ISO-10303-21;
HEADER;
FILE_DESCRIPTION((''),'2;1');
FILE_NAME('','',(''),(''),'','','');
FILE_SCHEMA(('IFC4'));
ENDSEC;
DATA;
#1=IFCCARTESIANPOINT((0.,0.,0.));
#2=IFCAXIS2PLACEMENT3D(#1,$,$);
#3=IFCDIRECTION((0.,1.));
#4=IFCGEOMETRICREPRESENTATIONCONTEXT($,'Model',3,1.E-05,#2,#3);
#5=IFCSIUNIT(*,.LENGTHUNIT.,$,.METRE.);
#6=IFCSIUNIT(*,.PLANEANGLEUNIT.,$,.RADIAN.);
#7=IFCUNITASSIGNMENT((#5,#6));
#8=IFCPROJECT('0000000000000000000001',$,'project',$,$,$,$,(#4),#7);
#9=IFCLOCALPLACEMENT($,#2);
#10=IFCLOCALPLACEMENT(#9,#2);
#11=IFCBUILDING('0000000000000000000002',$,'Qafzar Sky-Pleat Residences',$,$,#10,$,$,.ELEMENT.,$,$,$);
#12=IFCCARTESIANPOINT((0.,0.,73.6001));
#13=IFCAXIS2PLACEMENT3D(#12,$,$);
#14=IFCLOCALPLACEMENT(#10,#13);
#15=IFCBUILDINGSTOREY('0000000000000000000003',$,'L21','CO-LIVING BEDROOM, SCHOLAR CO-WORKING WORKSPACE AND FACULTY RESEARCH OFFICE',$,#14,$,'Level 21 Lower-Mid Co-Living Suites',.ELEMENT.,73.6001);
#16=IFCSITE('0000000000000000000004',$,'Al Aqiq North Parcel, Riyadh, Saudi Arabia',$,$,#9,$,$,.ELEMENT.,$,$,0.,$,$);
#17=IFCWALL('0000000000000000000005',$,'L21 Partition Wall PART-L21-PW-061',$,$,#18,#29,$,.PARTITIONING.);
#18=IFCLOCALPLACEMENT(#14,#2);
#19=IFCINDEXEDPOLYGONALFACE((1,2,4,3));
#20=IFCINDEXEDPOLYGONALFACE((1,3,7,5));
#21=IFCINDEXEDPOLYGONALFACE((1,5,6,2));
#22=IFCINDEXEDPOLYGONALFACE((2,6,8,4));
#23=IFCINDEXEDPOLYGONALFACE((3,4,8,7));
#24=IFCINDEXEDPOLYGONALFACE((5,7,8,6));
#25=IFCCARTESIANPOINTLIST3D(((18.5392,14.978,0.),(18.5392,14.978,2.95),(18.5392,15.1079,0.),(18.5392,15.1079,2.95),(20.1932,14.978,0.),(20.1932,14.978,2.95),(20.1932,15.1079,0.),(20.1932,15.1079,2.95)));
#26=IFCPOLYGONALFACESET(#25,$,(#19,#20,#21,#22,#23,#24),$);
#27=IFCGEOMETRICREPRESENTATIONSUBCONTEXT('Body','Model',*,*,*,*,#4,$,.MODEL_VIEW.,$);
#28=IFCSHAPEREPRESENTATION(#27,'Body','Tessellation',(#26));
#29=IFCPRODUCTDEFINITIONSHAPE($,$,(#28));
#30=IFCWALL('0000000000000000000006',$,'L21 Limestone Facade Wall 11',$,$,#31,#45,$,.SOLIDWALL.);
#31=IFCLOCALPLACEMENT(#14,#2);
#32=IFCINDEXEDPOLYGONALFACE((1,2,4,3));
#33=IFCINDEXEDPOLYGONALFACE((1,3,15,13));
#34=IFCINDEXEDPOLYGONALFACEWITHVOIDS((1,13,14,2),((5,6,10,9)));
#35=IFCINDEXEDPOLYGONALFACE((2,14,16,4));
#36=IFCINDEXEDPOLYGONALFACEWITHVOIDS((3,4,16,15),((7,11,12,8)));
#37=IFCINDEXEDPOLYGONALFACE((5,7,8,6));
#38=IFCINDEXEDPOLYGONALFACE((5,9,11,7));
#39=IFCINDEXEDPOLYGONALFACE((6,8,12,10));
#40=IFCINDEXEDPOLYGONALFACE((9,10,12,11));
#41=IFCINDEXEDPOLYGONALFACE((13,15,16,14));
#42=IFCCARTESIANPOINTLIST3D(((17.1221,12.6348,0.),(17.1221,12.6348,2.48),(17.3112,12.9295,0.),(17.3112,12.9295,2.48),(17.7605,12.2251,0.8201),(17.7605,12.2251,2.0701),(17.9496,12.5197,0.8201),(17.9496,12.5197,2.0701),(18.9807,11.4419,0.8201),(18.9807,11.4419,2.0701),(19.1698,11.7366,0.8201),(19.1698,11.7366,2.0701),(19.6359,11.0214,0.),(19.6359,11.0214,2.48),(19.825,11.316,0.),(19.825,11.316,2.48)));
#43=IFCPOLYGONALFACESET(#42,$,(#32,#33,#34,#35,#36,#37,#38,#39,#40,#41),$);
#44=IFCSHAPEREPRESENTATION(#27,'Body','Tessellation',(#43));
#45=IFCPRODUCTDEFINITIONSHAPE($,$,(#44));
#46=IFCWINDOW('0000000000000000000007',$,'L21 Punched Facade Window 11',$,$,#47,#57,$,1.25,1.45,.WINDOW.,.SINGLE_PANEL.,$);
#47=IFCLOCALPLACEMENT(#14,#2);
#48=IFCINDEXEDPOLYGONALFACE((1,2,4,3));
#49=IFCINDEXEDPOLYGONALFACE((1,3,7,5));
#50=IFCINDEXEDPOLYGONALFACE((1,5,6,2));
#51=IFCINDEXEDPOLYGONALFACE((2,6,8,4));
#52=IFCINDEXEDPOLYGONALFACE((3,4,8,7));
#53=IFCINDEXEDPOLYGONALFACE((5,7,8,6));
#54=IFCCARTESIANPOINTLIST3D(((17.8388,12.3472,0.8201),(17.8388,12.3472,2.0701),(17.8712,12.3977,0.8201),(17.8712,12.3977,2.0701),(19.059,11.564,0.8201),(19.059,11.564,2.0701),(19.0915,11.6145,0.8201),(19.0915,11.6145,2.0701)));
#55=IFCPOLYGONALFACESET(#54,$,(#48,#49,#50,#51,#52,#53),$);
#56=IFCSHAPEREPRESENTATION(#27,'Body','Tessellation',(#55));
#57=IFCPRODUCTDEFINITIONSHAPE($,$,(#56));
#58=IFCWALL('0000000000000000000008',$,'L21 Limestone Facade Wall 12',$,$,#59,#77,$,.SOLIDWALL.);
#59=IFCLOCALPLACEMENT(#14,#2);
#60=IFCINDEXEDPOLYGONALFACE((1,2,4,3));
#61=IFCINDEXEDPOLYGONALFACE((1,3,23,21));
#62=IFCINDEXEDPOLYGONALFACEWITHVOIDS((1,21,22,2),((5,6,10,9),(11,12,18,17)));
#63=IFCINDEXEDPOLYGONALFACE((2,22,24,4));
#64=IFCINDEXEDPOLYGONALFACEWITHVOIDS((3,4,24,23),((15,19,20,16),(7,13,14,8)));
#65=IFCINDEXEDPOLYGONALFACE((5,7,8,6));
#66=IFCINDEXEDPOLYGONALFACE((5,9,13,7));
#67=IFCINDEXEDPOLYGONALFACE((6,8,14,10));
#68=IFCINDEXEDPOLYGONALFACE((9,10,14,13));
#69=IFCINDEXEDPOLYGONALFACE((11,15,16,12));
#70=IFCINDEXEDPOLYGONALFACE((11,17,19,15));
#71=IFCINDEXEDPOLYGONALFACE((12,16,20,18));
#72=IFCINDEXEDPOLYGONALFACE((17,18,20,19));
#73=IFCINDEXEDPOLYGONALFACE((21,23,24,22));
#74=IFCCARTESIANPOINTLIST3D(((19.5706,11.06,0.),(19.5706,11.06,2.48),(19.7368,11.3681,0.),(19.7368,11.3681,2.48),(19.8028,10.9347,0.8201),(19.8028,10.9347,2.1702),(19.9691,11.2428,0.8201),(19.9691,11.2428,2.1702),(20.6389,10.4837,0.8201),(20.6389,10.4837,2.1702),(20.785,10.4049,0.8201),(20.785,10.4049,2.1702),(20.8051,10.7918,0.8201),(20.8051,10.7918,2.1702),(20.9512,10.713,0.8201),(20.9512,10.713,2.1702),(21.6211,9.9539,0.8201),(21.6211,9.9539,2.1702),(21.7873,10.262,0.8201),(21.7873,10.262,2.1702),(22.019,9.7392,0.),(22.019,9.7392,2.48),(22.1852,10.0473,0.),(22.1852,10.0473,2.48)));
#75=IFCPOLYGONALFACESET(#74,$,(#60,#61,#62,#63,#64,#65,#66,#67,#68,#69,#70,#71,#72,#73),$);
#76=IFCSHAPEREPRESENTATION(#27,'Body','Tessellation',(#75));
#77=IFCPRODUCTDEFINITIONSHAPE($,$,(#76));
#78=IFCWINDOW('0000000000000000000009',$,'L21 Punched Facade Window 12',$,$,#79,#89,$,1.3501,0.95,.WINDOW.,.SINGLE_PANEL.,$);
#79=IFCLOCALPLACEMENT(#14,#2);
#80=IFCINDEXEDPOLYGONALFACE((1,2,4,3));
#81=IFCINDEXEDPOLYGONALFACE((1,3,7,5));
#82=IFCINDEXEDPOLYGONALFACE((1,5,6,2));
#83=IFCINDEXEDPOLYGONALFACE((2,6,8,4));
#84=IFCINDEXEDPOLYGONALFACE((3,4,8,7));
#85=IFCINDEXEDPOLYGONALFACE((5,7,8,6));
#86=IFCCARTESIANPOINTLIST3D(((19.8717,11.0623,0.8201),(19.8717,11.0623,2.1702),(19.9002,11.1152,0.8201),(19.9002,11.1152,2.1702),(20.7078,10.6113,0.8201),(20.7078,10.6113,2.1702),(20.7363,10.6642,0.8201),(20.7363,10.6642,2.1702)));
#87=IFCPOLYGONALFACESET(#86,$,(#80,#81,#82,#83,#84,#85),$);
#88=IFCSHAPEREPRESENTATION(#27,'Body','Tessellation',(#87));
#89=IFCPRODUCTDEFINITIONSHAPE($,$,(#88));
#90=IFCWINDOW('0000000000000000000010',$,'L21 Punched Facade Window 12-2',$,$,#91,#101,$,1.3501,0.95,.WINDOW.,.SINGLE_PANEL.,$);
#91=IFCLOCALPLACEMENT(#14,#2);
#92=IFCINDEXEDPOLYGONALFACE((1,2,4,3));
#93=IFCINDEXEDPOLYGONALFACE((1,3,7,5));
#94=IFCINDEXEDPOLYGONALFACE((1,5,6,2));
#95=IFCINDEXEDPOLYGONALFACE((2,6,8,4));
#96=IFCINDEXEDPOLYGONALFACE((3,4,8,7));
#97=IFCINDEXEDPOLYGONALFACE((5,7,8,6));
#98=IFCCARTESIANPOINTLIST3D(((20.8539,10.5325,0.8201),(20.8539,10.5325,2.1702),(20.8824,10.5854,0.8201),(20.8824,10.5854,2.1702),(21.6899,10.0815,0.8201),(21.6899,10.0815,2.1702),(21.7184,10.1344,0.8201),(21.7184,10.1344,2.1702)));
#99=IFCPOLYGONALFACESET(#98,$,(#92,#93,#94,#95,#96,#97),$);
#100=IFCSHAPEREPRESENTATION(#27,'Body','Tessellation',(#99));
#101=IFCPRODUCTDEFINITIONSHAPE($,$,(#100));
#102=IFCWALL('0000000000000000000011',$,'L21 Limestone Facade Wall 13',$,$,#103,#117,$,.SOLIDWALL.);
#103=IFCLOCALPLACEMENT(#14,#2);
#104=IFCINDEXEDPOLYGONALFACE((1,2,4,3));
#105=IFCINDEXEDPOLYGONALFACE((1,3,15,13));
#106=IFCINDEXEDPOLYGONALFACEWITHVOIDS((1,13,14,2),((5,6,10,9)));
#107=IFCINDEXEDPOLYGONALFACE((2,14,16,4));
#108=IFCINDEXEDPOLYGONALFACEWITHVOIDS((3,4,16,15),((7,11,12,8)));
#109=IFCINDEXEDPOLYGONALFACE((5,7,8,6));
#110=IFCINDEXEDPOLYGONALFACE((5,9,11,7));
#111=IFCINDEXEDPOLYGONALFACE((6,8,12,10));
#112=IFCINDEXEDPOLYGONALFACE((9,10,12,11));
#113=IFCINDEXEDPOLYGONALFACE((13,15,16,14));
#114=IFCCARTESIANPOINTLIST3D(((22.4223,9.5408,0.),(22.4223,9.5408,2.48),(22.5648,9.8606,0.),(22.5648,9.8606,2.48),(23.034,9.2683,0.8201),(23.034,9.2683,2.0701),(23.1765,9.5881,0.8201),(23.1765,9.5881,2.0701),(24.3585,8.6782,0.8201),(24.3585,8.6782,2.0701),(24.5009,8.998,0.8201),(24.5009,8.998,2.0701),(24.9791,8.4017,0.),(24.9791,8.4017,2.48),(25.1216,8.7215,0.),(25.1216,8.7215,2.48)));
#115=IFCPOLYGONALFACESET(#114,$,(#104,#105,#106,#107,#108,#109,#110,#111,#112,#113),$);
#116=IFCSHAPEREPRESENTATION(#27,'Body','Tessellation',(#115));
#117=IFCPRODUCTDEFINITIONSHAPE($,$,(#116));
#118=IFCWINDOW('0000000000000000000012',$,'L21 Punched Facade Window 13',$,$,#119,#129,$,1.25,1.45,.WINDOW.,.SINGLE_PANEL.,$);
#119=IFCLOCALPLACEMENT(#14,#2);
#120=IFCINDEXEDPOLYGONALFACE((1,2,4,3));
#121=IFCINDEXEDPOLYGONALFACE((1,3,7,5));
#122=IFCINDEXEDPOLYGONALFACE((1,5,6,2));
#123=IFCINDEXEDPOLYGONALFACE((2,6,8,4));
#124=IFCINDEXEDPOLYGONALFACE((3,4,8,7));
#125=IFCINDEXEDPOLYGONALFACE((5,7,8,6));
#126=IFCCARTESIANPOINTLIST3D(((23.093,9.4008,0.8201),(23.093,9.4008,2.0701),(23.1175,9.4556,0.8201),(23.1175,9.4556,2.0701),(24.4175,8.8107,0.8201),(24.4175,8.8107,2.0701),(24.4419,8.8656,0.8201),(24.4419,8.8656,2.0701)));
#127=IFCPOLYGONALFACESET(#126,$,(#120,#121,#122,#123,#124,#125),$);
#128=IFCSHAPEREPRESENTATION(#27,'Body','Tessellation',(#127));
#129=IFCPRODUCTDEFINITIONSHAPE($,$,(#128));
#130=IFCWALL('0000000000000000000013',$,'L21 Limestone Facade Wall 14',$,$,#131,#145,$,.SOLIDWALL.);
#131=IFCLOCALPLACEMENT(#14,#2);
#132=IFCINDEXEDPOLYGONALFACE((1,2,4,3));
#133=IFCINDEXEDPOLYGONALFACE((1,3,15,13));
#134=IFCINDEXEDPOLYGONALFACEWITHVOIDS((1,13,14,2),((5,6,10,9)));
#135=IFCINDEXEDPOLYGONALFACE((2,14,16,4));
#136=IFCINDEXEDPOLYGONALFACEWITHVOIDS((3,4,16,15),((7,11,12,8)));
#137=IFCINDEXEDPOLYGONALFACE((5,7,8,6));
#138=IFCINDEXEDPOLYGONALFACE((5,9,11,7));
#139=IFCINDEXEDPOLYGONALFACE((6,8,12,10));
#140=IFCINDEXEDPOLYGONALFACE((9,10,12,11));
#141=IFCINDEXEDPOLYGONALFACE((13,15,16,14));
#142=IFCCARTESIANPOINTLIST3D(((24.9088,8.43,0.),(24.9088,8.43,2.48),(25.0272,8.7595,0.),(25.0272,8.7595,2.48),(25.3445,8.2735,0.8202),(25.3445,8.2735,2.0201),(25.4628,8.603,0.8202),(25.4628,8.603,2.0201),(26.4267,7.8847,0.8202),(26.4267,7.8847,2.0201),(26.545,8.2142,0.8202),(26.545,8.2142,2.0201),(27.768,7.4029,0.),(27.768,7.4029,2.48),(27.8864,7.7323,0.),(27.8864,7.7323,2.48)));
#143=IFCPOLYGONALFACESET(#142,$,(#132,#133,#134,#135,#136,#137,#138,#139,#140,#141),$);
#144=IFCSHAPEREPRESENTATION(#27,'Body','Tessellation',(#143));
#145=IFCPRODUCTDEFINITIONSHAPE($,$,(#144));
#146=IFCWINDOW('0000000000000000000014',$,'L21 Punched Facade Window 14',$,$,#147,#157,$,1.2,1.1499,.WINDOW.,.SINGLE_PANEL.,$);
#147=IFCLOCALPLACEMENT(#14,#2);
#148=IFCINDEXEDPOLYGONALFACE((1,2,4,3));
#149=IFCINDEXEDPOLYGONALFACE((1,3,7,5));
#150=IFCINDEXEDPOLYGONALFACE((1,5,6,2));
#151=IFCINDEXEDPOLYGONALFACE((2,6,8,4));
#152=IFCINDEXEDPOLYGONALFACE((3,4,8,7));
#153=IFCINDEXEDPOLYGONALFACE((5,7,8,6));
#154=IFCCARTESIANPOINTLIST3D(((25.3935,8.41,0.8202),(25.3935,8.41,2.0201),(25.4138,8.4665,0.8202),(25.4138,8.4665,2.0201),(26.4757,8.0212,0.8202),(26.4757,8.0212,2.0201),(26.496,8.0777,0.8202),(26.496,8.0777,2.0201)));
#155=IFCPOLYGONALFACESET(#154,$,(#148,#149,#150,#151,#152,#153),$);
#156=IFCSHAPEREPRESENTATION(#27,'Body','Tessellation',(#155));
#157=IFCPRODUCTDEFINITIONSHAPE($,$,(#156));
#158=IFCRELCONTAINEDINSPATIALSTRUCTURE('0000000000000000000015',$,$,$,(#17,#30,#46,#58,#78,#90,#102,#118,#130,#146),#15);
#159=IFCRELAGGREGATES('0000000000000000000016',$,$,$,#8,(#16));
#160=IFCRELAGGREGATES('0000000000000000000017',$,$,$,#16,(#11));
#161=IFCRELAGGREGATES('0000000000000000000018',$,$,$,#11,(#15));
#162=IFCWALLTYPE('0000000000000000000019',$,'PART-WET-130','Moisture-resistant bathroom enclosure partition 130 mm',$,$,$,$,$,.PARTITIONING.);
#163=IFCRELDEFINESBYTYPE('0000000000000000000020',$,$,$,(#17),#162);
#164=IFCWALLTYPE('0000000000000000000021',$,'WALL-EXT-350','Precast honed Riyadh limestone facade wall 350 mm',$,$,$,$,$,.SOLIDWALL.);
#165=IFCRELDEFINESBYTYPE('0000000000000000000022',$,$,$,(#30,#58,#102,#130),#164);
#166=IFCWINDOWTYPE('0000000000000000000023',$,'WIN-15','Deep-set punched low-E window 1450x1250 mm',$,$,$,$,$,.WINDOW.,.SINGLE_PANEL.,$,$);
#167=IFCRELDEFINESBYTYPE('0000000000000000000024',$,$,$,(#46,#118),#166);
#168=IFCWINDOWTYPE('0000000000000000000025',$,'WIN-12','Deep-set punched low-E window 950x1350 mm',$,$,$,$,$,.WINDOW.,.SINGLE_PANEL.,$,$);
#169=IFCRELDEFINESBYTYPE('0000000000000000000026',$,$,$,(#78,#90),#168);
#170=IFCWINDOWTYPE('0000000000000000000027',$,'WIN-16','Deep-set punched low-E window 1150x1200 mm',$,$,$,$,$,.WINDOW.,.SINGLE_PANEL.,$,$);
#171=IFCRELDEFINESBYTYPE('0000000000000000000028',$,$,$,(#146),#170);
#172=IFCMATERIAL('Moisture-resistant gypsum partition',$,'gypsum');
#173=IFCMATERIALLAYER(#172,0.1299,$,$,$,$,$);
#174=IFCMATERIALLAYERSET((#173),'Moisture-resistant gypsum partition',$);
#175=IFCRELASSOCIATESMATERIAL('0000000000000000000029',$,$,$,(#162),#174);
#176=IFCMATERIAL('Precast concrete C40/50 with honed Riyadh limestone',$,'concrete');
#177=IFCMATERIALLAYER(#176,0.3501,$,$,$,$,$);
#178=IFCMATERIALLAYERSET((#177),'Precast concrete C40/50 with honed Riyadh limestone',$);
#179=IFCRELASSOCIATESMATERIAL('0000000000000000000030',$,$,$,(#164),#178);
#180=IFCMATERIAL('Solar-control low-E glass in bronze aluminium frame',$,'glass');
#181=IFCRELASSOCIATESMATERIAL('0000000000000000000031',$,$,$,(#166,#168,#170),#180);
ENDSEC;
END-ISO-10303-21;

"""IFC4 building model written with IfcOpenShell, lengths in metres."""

from ifc_helpers import new_model, si_unit, direction, frame, frame_2d, origin, place, context, subcontext, project, spatial, rectangle, extrude, source, transform, mapped, material, layer, layer_set, type_object, element, fill, save


model = new_model("IFC4")

# Units and contexts
model_context = context("Model", 3, precision=1e-05, world=origin(), true_north=direction((0.0, 1.0)))
body_context = subcontext(model_context, "Body", "Model", "MODEL_VIEW")
ifc_project = project(units=[si_unit("LENGTHUNIT", "METRE"), si_unit("PLANEANGLEUNIT", "RADIAN")], contexts=[model_context])

# Site, building, storey
site_placement = place(None, origin())
site = spatial("IfcSite", under=ifc_project, at=site_placement, Name="Al Aqiq North Parcel, Riyadh, Saudi Arabia", CompositionType="ELEMENT", RefElevation=0.0)
building_placement = place(site_placement, origin())
building = spatial("IfcBuilding", under=site, at=building_placement, Name="Qafzar Sky-Pleat Residences", CompositionType="ELEMENT")
storey_placement = place(building_placement, frame((0.0, 0.0, 73.6001)))
storey = spatial("IfcBuildingStorey", under=building, at=storey_placement, Name="L21", Description="CO-LIVING BEDROOM, SCHOLAR CO-WORKING WORKSPACE AND FACULTY RESEARCH OFFICE", LongName="Level 21 Lower-Mid Co-Living Suites", CompositionType="ELEMENT", Elevation=73.6001)

# Shared definitions
ifc_material_1 = material(Name="Moisture-resistant gypsum partition", Category="gypsum")
ifc_layer_1 = layer(ifc_material_1, 0.1299)
ifc_layer_set_1 = layer_set([ifc_layer_1], Name="Moisture-resistant gypsum partition")
wall_type_1 = type_object("IfcWallType", Name="PART-WET-130", Description="Moisture-resistant bathroom enclosure partition 130 mm", PredefinedType="PARTITIONING", material=ifc_layer_set_1)

# Wall
wall_1_placement = place(storey_placement, frame((18.5391, 15.043, 0.0), z_axis=(0.0, 0.0, 1.0), x_axis=(1.0, 0.0, 0.0)))
element("IfcWall", 1, at=wall_1_placement, inside=storey, type_object=wall_type_1, Name="L21 Partition Wall PART-L21-PW-061", PredefinedType="PARTITIONING", context=body_context, shape_type="SweptSolid", body=[
    extrude(rectangle(XDim=1.6541, YDim=0.1299, at=frame_2d((0.8271, 0.0))), origin(), (0.0, 0.0, 1.0), 2.95),
])

# Wall, opening, window
ifc_material_2 = material(Name="Precast concrete C40/50 with honed Riyadh limestone", Category="concrete")
ifc_layer_2 = layer(ifc_material_2, 0.3501)
ifc_layer_set_2 = layer_set([ifc_layer_2], Name="Precast concrete C40/50 with honed Riyadh limestone")
wall_type_2 = type_object("IfcWallType", Name="WALL-EXT-350", Description="Precast honed Riyadh limestone facade wall 350 mm", PredefinedType="SOLIDWALL", material=ifc_layer_set_2)
wall_2_placement = place(storey_placement, frame((17.2166, 12.7822, 0.0), z_axis=(0.0, 0.0, 1.0), x_axis=(0.841569, -0.54015, 0.0)))
wall_2 = element("IfcWall", 2, at=wall_2_placement, inside=storey, type_object=wall_type_2, Name="L21 Limestone Facade Wall 11", PredefinedType="SOLIDWALL", context=body_context, shape_type="SweptSolid", body=[
    extrude(rectangle(XDim=2.9871, YDim=0.3501, at=frame_2d((1.4937, 0.0))), origin(), (0.0, 0.0, 1.0), 2.48),
])
opening_1_placement = place(wall_2_placement, frame((0.7585, 0.0, 0.8201)))
opening_1 = element("IfcOpeningElement", 3, at=opening_1_placement, cuts=wall_2, PredefinedType="OPENING", context=body_context, shape_type="SweptSolid", body=[
    extrude(rectangle(XDim=1.45, YDim=1.25, at=frame_2d((0.7251, 0.625))), frame((0.0, 0.1851, 0.0), z_axis=(0.0, -1.0, 0.0), x_axis=(1.0, 0.0, 0.0)), (0.0, 0.0, 1.0), 0.3701),
])
ifc_material_3 = material(Name="Solar-control low-E glass in bronze aluminium frame", Category="glass")
window_type_1 = type_object("IfcWindowType", Name="WIN-15", Description="Deep-set punched low-E window 1450x1250 mm", PartitioningType="SINGLE_PANEL", PredefinedType="WINDOW", material=ifc_material_3)
shared_shape_1 = source(origin(), body_context, "Body", "SweptSolid", [
    extrude(rectangle(XDim=1.45, YDim=1.25, at=frame_2d((0.7251, 0.625))), frame((0.0, 0.03, 0.0), z_axis=(0.0, -1.0, 0.0), x_axis=(1.0, 0.0, 0.0)), (0.0, 0.0, 1.0), 0.0601),
])
window_1_placement = place(opening_1_placement, origin())
window_1 = element("IfcWindow", 4, at=window_1_placement, inside=storey, type_object=window_type_1, Name="L21 Punched Facade Window 11", OverallHeight=1.25, OverallWidth=1.45, PartitioningType="SINGLE_PANEL", PredefinedType="WINDOW", context=body_context, shape_type="MappedRepresentation", body=[
    mapped(shared_shape_1, transform((0.0, 0.0, 0.0), x_axis=(1.0, 0.0, 0.0), y_axis=(0.0, 1.0, 0.0), z_axis=(0.0, 0.0, 1.0), scale=1.0)),
])
fill(opening_1, window_1)

# Wall, openings, windows
wall_3_placement = place(storey_placement, frame((19.6536, 11.2141, 0.0), z_axis=(0.0, 0.0, 1.0), x_axis=(0.880113, -0.474764, 0.0)))
wall_3 = element("IfcWall", 5, at=wall_3_placement, inside=storey, type_object=wall_type_2, Name="L21 Limestone Facade Wall 12", PredefinedType="SOLIDWALL", context=body_context, shape_type="SweptSolid", body=[
    extrude(rectangle(XDim=2.782, YDim=0.3501, at=frame_2d((1.3911, 0.0))), origin(), (0.0, 0.0, 1.0), 2.48),
])
opening_2_placement = place(wall_3_placement, frame((0.2639, 0.0, 0.8201)))
opening_2 = element("IfcOpeningElement", 6, at=opening_2_placement, cuts=wall_3, PredefinedType="OPENING", context=body_context, shape_type="SweptSolid", body=[
    extrude(rectangle(XDim=0.95, YDim=1.3501, at=frame_2d((0.4751, 0.675))), frame((0.0, 0.1851, 0.0), z_axis=(0.0, -1.0, 0.0), x_axis=(1.0, 0.0, 0.0)), (0.0, 0.0, 1.0), 0.3701),
])
opening_3_placement = place(wall_3_placement, frame((1.3799, 0.0, 0.8201)))
opening_3 = element("IfcOpeningElement", 7, at=opening_3_placement, cuts=wall_3, PredefinedType="OPENING", context=body_context, shape_type="SweptSolid", body=[
    extrude(rectangle(XDim=0.95, YDim=1.3501, at=frame_2d((0.4751, 0.675))), frame((0.0, 0.1851, 0.0), z_axis=(0.0, -1.0, 0.0), x_axis=(1.0, 0.0, 0.0)), (0.0, 0.0, 1.0), 0.3701),
])
window_type_2 = type_object("IfcWindowType", Name="WIN-12", Description="Deep-set punched low-E window 950x1350 mm", PartitioningType="SINGLE_PANEL", PredefinedType="WINDOW", material=ifc_material_3)
shared_shape_2 = source(origin(), body_context, "Body", "SweptSolid", [
    extrude(rectangle(XDim=0.95, YDim=1.3501, at=frame_2d((0.4751, 0.675))), frame((0.0, 0.03, 0.0), z_axis=(0.0, -1.0, 0.0), x_axis=(1.0, 0.0, 0.0)), (0.0, 0.0, 1.0), 0.0601),
])
window_2_placement = place(opening_2_placement, origin())
window_2 = element("IfcWindow", 8, at=window_2_placement, inside=storey, type_object=window_type_2, Name="L21 Punched Facade Window 12", OverallHeight=1.3501, OverallWidth=0.95, PartitioningType="SINGLE_PANEL", PredefinedType="WINDOW", context=body_context, shape_type="MappedRepresentation", body=[
    mapped(shared_shape_2, transform((0.0, 0.0, 0.0), x_axis=(1.0, 0.0, 0.0), y_axis=(0.0, 1.0, 0.0), z_axis=(0.0, 0.0, 1.0), scale=1.0)),
])
fill(opening_2, window_2)
window_3_placement = place(opening_3_placement, origin())
window_3 = element("IfcWindow", 9, at=window_3_placement, inside=storey, type_object=window_type_2, Name="L21 Punched Facade Window 12-2", OverallHeight=1.3501, OverallWidth=0.95, PartitioningType="SINGLE_PANEL", PredefinedType="WINDOW", context=body_context, shape_type="MappedRepresentation", body=[
    mapped(shared_shape_2, transform((0.0, 0.0, 0.0), x_axis=(1.0, 0.0, 0.0), y_axis=(0.0, 1.0, 0.0), z_axis=(0.0, 0.0, 1.0), scale=1.0)),
])
fill(opening_3, window_3)

# Walls, openings, windows
wall_4_placement = place(storey_placement, frame((22.4937, 9.7007, 0.0), z_axis=(0.0, 0.0, 1.0), x_axis=(0.913444, -0.406964, 0.0)))
wall_4 = element("IfcWall", 10, at=wall_4_placement, inside=storey, type_object=wall_type_2, Name="L21 Limestone Facade Wall 13", PredefinedType="SOLIDWALL", context=body_context, shape_type="SweptSolid", body=[
    extrude(rectangle(XDim=2.7991, YDim=0.3501, at=frame_2d((1.3994, 0.0))), origin(), (0.0, 0.0, 1.0), 2.48),
])
opening_4_placement = place(wall_4_placement, frame((0.6694, 0.0, 0.8201)))
opening_4 = element("IfcOpeningElement", 11, at=opening_4_placement, cuts=wall_4, PredefinedType="OPENING", context=body_context, shape_type="SweptSolid", body=[
    extrude(rectangle(XDim=1.45, YDim=1.25, at=frame_2d((0.7251, 0.625))), frame((0.0, 0.1851, 0.0), z_axis=(0.0, -1.0, 0.0), x_axis=(1.0, 0.0, 0.0)), (0.0, 0.0, 1.0), 0.3701),
])
window_4_placement = place(opening_4_placement, origin())
window_4 = element("IfcWindow", 12, at=window_4_placement, inside=storey, type_object=window_type_1, Name="L21 Punched Facade Window 13", OverallHeight=1.25, OverallWidth=1.45, PartitioningType="SINGLE_PANEL", PredefinedType="WINDOW", context=body_context, shape_type="MappedRepresentation", body=[
    mapped(shared_shape_1, transform((0.0, 0.0, 0.0), x_axis=(1.0, 0.0, 0.0), y_axis=(0.0, 1.0, 0.0), z_axis=(0.0, 0.0, 1.0), scale=1.0)),
])
fill(opening_4, window_4)
wall_5_placement = place(storey_placement, frame((24.968, 8.5947, 0.0), z_axis=(0.0, 0.0, 1.0), x_axis=(0.941117, -0.338082, 0.0)))
wall_5 = element("IfcWall", 13, at=wall_5_placement, inside=storey, type_object=wall_type_2, Name="L21 Limestone Facade Wall 14", PredefinedType="SOLIDWALL", context=body_context, shape_type="SweptSolid", body=[
    extrude(rectangle(XDim=3.0381, YDim=0.3501, at=frame_2d((1.519, 0.0))), origin(), (0.0, 0.0, 1.0), 2.48),
])
opening_5_placement = place(wall_5_placement, frame((0.4629, 0.0, 0.8201)))
opening_5 = element("IfcOpeningElement", 14, at=opening_5_placement, cuts=wall_5, PredefinedType="OPENING", context=body_context, shape_type="SweptSolid", body=[
    extrude(rectangle(XDim=1.1499, YDim=1.2, at=frame_2d((0.575, 0.6001))), frame((0.0, 0.1851, 0.0), z_axis=(0.0, -1.0, 0.0), x_axis=(1.0, 0.0, 0.0)), (0.0, 0.0, 1.0), 0.3701),
])
window_type_3 = type_object("IfcWindowType", Name="WIN-16", Description="Deep-set punched low-E window 1150x1200 mm", PartitioningType="SINGLE_PANEL", PredefinedType="WINDOW", material=ifc_material_3)
shared_shape_3 = source(origin(), body_context, "Body", "SweptSolid", [
    extrude(rectangle(XDim=1.1499, YDim=1.2, at=frame_2d((0.575, 0.6001))), frame((0.0, 0.03, 0.0), z_axis=(0.0, -1.0, 0.0), x_axis=(1.0, 0.0, 0.0)), (0.0, 0.0, 1.0), 0.0601),
])
window_5_placement = place(opening_5_placement, origin())
window_5 = element("IfcWindow", 15, at=window_5_placement, inside=storey, type_object=window_type_3, Name="L21 Punched Facade Window 14", OverallHeight=1.2, OverallWidth=1.1499, PartitioningType="SINGLE_PANEL", PredefinedType="WINDOW", context=body_context, shape_type="MappedRepresentation", body=[
    mapped(shared_shape_3, transform((0.0, 0.0, 0.0), x_axis=(1.0, 0.0, 0.0), y_axis=(0.0, 1.0, 0.0), z_axis=(0.0, 0.0, 1.0), scale=1.0)),
])
fill(opening_5, window_5)

save(model, "model.ifc")
